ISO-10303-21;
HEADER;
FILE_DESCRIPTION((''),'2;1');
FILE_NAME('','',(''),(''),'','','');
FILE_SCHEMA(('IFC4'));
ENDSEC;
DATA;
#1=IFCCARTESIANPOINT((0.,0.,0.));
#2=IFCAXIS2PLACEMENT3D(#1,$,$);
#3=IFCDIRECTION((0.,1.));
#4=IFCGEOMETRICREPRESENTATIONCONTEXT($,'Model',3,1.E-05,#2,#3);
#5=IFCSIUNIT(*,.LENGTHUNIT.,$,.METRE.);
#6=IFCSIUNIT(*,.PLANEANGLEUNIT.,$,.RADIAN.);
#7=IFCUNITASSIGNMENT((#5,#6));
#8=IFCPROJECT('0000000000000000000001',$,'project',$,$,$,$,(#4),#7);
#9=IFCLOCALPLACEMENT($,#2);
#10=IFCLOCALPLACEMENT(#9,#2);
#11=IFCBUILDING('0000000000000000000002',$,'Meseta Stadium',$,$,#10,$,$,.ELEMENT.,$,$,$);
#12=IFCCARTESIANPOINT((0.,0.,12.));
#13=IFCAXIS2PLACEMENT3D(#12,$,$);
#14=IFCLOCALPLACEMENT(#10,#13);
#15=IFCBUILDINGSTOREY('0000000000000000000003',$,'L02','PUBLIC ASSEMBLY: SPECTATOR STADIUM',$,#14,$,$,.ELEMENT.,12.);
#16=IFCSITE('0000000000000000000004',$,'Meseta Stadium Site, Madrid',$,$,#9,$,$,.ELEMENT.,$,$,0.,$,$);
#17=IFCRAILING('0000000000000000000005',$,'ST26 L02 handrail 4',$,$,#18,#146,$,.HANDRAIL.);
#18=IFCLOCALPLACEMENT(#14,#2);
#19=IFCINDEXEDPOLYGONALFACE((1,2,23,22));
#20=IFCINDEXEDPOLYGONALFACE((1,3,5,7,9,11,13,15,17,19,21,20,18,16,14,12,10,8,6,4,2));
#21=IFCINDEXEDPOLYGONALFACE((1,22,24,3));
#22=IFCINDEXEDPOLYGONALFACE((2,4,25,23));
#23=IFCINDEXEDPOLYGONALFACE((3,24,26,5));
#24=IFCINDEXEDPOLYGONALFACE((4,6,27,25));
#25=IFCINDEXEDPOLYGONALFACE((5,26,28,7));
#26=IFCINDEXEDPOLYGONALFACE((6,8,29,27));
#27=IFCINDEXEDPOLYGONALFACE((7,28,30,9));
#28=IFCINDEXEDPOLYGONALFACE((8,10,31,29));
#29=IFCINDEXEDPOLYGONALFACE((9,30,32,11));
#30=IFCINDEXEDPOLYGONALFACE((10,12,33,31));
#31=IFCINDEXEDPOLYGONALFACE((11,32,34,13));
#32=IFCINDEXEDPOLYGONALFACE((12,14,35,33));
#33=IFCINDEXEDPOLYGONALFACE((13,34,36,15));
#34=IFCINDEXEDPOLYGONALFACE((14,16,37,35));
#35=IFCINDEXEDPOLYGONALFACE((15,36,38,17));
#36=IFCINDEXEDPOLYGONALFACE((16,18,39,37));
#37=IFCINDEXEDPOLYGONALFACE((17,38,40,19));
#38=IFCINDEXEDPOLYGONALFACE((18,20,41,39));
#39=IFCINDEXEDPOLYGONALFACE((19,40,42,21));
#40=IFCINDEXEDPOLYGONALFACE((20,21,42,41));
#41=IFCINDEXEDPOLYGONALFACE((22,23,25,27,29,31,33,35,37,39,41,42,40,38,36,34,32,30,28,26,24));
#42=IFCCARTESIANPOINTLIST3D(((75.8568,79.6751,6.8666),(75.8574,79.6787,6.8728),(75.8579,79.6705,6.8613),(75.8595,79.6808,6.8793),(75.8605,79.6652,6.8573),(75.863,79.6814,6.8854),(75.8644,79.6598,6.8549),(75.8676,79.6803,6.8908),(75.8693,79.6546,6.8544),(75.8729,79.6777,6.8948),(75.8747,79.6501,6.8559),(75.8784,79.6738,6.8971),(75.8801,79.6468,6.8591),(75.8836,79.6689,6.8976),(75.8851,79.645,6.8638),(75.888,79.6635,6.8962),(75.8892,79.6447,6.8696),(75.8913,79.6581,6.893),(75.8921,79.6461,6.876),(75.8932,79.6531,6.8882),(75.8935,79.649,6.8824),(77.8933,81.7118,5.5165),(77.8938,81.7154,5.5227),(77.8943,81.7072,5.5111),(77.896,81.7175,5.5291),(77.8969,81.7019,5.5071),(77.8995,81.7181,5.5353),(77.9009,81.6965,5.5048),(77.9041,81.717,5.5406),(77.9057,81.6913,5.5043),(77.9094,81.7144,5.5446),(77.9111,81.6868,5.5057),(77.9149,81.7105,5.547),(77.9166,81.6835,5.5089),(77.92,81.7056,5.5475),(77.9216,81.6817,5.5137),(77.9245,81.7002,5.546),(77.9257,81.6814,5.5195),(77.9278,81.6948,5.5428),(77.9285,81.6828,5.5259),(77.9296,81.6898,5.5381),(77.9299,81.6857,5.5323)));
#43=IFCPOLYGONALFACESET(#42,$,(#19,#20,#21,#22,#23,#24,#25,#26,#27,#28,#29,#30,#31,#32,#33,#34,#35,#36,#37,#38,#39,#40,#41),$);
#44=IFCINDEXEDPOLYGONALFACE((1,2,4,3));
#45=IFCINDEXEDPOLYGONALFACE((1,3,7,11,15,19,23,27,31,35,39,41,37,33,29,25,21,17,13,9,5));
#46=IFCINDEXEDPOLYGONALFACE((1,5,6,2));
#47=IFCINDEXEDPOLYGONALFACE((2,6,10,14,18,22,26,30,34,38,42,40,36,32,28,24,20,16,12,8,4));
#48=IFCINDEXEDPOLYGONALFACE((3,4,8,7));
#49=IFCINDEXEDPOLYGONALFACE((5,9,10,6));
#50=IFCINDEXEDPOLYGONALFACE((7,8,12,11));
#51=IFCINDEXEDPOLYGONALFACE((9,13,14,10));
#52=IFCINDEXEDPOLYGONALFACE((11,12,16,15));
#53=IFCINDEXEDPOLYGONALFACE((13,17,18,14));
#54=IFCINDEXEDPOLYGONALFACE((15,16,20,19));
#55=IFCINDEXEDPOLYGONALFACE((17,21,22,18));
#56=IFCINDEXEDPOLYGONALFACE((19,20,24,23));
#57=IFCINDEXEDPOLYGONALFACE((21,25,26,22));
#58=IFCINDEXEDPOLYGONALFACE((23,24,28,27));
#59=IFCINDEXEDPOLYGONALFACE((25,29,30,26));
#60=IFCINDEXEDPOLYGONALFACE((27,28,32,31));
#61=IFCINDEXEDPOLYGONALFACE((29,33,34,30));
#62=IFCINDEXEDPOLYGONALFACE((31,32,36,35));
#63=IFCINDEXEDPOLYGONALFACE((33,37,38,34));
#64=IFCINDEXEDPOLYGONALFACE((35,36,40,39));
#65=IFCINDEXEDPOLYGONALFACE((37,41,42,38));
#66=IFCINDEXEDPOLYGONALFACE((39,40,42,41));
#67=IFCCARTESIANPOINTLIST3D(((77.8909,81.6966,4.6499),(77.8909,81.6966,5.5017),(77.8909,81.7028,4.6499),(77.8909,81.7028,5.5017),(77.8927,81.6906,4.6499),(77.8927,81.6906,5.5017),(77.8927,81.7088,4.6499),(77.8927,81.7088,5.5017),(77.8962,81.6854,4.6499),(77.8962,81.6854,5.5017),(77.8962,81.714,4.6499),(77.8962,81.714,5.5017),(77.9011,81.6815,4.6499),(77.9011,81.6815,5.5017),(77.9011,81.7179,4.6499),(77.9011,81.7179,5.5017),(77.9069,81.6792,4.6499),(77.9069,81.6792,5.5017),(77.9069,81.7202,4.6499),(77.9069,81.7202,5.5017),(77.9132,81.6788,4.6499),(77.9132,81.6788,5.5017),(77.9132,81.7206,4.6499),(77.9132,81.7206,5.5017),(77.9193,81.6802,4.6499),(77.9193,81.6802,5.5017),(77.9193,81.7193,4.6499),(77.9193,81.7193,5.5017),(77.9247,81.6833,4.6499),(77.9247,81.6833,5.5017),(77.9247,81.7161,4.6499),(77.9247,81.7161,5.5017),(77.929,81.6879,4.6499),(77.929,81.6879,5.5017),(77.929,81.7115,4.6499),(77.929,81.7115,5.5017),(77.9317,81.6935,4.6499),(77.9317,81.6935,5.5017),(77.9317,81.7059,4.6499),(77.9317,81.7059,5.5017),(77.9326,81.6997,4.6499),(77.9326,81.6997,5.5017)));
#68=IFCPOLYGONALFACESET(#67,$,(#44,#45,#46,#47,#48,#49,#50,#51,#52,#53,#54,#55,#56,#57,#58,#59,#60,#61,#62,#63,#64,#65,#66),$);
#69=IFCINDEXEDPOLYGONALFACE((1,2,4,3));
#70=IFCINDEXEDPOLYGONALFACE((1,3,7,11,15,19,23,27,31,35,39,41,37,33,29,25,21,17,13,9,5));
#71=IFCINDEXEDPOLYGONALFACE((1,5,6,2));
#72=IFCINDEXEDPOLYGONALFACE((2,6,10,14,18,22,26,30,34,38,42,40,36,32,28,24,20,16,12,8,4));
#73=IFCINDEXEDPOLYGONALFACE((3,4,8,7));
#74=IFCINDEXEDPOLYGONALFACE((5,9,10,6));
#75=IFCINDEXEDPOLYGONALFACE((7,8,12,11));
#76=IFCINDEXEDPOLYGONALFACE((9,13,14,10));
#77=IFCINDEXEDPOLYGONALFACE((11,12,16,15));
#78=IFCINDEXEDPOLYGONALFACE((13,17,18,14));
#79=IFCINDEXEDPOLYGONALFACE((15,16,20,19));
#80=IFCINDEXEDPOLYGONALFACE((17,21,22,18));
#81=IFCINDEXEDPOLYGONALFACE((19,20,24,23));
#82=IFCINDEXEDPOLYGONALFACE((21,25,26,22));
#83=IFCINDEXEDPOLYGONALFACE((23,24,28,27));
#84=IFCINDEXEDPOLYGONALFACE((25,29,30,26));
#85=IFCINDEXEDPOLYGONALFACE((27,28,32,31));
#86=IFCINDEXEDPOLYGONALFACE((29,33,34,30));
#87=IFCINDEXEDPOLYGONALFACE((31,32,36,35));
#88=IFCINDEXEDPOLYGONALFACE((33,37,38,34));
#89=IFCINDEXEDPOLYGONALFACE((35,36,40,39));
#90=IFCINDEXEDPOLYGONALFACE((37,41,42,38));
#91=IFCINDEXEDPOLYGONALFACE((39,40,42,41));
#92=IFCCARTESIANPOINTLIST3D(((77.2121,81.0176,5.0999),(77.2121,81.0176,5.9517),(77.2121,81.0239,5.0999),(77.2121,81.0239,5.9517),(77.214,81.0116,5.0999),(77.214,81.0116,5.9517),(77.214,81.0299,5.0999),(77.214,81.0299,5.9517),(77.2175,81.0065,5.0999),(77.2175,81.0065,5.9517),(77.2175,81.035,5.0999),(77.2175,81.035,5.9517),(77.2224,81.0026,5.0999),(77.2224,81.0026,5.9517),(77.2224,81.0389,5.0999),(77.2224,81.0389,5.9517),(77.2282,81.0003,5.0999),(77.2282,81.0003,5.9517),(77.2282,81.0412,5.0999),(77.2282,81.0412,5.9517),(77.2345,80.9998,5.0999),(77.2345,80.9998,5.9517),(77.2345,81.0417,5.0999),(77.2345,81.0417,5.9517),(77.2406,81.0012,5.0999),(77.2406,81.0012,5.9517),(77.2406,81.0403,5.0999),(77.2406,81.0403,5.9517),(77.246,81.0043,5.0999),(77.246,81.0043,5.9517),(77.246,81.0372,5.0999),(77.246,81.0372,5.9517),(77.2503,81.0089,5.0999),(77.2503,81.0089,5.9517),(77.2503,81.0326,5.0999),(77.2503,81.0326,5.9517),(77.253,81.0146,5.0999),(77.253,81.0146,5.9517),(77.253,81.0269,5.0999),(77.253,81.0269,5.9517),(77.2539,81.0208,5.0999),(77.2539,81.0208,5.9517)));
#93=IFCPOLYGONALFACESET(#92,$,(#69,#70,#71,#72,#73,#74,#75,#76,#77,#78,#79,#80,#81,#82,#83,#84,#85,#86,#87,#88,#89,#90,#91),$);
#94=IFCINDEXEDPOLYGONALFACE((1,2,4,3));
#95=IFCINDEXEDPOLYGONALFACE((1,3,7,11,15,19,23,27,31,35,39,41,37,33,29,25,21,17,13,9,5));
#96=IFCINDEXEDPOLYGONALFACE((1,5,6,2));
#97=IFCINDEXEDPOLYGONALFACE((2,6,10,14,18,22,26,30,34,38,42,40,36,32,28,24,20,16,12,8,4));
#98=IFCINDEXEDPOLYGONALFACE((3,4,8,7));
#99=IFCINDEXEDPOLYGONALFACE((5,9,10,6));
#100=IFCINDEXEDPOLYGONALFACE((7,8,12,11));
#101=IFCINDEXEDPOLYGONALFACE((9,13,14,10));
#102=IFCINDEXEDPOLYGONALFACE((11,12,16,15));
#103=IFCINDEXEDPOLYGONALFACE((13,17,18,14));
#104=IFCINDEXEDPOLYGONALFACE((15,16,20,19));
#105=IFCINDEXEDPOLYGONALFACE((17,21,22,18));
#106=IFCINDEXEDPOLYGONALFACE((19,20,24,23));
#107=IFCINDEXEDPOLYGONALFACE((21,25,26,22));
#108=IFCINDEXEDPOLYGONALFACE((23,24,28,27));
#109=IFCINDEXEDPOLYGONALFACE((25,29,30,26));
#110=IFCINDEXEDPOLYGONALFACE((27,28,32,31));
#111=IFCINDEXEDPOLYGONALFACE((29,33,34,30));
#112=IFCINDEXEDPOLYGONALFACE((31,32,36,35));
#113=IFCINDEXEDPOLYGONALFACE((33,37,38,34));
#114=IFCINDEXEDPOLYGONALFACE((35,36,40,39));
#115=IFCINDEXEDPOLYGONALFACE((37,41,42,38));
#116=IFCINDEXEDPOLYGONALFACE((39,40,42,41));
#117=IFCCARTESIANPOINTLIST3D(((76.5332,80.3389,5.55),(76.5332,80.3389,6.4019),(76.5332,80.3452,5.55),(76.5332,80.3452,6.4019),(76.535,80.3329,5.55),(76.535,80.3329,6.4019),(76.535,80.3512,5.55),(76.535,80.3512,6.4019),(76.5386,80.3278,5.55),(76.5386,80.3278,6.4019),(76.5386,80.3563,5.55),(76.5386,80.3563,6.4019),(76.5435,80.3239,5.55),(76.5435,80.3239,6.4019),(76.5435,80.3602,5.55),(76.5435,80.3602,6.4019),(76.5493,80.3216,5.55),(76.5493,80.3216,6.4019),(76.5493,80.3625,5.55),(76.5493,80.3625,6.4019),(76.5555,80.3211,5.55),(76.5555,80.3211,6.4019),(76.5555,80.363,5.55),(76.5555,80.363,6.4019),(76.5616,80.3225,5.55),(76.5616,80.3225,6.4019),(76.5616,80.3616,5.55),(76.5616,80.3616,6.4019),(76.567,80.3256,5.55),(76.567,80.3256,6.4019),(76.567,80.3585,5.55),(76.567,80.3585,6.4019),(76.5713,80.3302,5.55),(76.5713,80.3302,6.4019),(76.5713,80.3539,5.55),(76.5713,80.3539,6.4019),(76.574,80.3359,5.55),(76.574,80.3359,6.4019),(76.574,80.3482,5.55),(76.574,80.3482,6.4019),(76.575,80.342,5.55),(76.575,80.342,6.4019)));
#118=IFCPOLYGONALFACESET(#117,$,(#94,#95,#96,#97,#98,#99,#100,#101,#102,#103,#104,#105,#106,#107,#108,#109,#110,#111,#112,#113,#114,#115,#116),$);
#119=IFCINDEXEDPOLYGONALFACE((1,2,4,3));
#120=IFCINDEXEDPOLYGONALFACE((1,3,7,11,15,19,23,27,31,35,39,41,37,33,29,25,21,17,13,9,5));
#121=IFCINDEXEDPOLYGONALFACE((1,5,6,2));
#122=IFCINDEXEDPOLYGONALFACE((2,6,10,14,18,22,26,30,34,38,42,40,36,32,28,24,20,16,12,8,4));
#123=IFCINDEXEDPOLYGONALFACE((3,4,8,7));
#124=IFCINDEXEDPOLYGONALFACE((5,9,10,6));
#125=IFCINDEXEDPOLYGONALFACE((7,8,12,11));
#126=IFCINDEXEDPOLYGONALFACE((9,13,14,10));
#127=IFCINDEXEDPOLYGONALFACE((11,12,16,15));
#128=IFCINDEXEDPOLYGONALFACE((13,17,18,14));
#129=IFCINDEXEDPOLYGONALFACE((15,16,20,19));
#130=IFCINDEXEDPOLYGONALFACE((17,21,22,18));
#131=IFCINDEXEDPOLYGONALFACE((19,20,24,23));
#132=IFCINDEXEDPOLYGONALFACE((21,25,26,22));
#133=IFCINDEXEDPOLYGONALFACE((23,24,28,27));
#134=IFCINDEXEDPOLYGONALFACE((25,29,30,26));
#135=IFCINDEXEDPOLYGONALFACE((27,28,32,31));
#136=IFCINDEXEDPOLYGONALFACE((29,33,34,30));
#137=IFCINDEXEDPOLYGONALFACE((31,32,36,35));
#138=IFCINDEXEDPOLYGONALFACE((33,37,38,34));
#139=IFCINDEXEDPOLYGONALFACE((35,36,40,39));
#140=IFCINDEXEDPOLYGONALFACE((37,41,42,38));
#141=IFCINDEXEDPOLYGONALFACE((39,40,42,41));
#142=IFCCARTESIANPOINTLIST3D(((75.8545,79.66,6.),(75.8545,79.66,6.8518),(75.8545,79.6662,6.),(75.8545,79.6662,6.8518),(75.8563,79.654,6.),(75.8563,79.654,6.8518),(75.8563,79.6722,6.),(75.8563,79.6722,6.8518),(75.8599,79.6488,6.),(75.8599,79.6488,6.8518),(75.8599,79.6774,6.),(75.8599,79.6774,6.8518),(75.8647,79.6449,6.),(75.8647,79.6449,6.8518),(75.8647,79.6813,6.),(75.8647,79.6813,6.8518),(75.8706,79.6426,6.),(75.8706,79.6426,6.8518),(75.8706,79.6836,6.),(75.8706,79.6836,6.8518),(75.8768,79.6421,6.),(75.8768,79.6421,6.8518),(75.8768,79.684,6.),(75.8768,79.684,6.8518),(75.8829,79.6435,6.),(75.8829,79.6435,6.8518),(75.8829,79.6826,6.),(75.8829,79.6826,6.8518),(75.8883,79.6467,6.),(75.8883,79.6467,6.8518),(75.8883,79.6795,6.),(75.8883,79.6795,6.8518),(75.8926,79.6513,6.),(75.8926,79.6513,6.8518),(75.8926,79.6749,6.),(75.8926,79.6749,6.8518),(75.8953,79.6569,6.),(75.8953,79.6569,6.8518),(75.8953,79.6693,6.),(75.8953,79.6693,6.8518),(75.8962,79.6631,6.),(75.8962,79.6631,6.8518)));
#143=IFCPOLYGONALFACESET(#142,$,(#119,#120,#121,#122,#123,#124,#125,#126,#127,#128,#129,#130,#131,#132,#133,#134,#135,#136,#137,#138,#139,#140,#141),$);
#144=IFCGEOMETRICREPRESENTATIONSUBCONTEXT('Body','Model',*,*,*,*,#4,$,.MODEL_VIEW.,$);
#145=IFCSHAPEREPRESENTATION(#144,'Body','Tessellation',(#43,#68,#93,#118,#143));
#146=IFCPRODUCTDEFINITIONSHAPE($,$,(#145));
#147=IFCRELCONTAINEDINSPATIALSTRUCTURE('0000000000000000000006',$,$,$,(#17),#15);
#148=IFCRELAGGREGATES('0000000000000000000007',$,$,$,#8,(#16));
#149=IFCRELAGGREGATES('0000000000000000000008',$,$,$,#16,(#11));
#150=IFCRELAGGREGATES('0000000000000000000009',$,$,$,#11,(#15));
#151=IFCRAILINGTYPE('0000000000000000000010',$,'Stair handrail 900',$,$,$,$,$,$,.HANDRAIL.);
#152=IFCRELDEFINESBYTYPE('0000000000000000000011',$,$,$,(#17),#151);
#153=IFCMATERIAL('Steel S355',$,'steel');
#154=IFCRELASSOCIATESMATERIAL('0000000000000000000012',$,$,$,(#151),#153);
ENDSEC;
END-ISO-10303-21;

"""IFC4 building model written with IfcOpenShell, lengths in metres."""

from ifc_helpers import new_model, si_unit, direction, frame, origin, origin_2d, place, context, subcontext, project, spatial, circle, extrude, material, type_object, element, save


model = new_model("IFC4")

# Units and contexts
model_context = context("Model", 3, precision=1e-05, world=origin(), true_north=direction((0.0, 1.0)))
body_context = subcontext(model_context, "Body", "Model", "MODEL_VIEW")
ifc_project = project(units=[si_unit("LENGTHUNIT", "METRE"), si_unit("PLANEANGLEUNIT", "RADIAN")], contexts=[model_context])

# Site, building, storey
site_placement = place(None, origin())
site = spatial("IfcSite", under=ifc_project, at=site_placement, Name="Meseta Stadium Site, Madrid", CompositionType="ELEMENT", RefElevation=0.0)
building_placement = place(site_placement, origin())
building = spatial("IfcBuilding", under=site, at=building_placement, Name="Meseta Stadium", CompositionType="ELEMENT")
storey_placement = place(building_placement, frame((0.0, 0.0, 12.0)))
storey = spatial("IfcBuildingStorey", under=building, at=storey_placement, Name="L02", Description="PUBLIC ASSEMBLY: SPECTATOR STADIUM", CompositionType="ELEMENT", Elevation=12.0)

# Railing
ifc_material_1 = material(Name="Steel S355", Category="steel")
railing_type_1 = type_object("IfcRailingType", Name="Stair handrail 900", PredefinedType="HANDRAIL", material=ifc_material_1)
for number, where, name in (
    (1, (77.9116, 81.6997, 4.6499), "ST26 L02 handrail 4"),
):
    element("IfcRailing", number, at=place(storey_placement, frame(where)), inside=storey, type_object=railing_type_1, Name=name, PredefinedType="HANDRAIL", context=body_context, shape_type="SweptSolid", body=[
        extrude(circle(Radius=0.0239, at=origin_2d()), frame((0.0, 0.0, 0.876), z_axis=(-0.640211, -0.640288, 0.424454), x_axis=(0.707149, -0.707064, 0.0)), (0.0, 0.0, 1.0), 3.1809),
        extrude(circle(Radius=0.021, at=origin_2d()), origin(), (0.0, 0.0, 1.0), 0.8518),
        extrude(circle(Radius=0.021, at=origin_2d()), frame((-0.6787, -0.679, 0.45)), (0.0, 0.0, 1.0), 0.8518),
        extrude(circle(Radius=0.021, at=origin_2d()), frame((-1.3577, -1.3577, 0.9001)), (0.0, 0.0, 1.0), 0.8518),
        extrude(circle(Radius=0.021, at=origin_2d()), frame((-2.0364, -2.0366, 1.3501)), (0.0, 0.0, 1.0), 0.8518),
    ])

save(model, "model.ifc")
